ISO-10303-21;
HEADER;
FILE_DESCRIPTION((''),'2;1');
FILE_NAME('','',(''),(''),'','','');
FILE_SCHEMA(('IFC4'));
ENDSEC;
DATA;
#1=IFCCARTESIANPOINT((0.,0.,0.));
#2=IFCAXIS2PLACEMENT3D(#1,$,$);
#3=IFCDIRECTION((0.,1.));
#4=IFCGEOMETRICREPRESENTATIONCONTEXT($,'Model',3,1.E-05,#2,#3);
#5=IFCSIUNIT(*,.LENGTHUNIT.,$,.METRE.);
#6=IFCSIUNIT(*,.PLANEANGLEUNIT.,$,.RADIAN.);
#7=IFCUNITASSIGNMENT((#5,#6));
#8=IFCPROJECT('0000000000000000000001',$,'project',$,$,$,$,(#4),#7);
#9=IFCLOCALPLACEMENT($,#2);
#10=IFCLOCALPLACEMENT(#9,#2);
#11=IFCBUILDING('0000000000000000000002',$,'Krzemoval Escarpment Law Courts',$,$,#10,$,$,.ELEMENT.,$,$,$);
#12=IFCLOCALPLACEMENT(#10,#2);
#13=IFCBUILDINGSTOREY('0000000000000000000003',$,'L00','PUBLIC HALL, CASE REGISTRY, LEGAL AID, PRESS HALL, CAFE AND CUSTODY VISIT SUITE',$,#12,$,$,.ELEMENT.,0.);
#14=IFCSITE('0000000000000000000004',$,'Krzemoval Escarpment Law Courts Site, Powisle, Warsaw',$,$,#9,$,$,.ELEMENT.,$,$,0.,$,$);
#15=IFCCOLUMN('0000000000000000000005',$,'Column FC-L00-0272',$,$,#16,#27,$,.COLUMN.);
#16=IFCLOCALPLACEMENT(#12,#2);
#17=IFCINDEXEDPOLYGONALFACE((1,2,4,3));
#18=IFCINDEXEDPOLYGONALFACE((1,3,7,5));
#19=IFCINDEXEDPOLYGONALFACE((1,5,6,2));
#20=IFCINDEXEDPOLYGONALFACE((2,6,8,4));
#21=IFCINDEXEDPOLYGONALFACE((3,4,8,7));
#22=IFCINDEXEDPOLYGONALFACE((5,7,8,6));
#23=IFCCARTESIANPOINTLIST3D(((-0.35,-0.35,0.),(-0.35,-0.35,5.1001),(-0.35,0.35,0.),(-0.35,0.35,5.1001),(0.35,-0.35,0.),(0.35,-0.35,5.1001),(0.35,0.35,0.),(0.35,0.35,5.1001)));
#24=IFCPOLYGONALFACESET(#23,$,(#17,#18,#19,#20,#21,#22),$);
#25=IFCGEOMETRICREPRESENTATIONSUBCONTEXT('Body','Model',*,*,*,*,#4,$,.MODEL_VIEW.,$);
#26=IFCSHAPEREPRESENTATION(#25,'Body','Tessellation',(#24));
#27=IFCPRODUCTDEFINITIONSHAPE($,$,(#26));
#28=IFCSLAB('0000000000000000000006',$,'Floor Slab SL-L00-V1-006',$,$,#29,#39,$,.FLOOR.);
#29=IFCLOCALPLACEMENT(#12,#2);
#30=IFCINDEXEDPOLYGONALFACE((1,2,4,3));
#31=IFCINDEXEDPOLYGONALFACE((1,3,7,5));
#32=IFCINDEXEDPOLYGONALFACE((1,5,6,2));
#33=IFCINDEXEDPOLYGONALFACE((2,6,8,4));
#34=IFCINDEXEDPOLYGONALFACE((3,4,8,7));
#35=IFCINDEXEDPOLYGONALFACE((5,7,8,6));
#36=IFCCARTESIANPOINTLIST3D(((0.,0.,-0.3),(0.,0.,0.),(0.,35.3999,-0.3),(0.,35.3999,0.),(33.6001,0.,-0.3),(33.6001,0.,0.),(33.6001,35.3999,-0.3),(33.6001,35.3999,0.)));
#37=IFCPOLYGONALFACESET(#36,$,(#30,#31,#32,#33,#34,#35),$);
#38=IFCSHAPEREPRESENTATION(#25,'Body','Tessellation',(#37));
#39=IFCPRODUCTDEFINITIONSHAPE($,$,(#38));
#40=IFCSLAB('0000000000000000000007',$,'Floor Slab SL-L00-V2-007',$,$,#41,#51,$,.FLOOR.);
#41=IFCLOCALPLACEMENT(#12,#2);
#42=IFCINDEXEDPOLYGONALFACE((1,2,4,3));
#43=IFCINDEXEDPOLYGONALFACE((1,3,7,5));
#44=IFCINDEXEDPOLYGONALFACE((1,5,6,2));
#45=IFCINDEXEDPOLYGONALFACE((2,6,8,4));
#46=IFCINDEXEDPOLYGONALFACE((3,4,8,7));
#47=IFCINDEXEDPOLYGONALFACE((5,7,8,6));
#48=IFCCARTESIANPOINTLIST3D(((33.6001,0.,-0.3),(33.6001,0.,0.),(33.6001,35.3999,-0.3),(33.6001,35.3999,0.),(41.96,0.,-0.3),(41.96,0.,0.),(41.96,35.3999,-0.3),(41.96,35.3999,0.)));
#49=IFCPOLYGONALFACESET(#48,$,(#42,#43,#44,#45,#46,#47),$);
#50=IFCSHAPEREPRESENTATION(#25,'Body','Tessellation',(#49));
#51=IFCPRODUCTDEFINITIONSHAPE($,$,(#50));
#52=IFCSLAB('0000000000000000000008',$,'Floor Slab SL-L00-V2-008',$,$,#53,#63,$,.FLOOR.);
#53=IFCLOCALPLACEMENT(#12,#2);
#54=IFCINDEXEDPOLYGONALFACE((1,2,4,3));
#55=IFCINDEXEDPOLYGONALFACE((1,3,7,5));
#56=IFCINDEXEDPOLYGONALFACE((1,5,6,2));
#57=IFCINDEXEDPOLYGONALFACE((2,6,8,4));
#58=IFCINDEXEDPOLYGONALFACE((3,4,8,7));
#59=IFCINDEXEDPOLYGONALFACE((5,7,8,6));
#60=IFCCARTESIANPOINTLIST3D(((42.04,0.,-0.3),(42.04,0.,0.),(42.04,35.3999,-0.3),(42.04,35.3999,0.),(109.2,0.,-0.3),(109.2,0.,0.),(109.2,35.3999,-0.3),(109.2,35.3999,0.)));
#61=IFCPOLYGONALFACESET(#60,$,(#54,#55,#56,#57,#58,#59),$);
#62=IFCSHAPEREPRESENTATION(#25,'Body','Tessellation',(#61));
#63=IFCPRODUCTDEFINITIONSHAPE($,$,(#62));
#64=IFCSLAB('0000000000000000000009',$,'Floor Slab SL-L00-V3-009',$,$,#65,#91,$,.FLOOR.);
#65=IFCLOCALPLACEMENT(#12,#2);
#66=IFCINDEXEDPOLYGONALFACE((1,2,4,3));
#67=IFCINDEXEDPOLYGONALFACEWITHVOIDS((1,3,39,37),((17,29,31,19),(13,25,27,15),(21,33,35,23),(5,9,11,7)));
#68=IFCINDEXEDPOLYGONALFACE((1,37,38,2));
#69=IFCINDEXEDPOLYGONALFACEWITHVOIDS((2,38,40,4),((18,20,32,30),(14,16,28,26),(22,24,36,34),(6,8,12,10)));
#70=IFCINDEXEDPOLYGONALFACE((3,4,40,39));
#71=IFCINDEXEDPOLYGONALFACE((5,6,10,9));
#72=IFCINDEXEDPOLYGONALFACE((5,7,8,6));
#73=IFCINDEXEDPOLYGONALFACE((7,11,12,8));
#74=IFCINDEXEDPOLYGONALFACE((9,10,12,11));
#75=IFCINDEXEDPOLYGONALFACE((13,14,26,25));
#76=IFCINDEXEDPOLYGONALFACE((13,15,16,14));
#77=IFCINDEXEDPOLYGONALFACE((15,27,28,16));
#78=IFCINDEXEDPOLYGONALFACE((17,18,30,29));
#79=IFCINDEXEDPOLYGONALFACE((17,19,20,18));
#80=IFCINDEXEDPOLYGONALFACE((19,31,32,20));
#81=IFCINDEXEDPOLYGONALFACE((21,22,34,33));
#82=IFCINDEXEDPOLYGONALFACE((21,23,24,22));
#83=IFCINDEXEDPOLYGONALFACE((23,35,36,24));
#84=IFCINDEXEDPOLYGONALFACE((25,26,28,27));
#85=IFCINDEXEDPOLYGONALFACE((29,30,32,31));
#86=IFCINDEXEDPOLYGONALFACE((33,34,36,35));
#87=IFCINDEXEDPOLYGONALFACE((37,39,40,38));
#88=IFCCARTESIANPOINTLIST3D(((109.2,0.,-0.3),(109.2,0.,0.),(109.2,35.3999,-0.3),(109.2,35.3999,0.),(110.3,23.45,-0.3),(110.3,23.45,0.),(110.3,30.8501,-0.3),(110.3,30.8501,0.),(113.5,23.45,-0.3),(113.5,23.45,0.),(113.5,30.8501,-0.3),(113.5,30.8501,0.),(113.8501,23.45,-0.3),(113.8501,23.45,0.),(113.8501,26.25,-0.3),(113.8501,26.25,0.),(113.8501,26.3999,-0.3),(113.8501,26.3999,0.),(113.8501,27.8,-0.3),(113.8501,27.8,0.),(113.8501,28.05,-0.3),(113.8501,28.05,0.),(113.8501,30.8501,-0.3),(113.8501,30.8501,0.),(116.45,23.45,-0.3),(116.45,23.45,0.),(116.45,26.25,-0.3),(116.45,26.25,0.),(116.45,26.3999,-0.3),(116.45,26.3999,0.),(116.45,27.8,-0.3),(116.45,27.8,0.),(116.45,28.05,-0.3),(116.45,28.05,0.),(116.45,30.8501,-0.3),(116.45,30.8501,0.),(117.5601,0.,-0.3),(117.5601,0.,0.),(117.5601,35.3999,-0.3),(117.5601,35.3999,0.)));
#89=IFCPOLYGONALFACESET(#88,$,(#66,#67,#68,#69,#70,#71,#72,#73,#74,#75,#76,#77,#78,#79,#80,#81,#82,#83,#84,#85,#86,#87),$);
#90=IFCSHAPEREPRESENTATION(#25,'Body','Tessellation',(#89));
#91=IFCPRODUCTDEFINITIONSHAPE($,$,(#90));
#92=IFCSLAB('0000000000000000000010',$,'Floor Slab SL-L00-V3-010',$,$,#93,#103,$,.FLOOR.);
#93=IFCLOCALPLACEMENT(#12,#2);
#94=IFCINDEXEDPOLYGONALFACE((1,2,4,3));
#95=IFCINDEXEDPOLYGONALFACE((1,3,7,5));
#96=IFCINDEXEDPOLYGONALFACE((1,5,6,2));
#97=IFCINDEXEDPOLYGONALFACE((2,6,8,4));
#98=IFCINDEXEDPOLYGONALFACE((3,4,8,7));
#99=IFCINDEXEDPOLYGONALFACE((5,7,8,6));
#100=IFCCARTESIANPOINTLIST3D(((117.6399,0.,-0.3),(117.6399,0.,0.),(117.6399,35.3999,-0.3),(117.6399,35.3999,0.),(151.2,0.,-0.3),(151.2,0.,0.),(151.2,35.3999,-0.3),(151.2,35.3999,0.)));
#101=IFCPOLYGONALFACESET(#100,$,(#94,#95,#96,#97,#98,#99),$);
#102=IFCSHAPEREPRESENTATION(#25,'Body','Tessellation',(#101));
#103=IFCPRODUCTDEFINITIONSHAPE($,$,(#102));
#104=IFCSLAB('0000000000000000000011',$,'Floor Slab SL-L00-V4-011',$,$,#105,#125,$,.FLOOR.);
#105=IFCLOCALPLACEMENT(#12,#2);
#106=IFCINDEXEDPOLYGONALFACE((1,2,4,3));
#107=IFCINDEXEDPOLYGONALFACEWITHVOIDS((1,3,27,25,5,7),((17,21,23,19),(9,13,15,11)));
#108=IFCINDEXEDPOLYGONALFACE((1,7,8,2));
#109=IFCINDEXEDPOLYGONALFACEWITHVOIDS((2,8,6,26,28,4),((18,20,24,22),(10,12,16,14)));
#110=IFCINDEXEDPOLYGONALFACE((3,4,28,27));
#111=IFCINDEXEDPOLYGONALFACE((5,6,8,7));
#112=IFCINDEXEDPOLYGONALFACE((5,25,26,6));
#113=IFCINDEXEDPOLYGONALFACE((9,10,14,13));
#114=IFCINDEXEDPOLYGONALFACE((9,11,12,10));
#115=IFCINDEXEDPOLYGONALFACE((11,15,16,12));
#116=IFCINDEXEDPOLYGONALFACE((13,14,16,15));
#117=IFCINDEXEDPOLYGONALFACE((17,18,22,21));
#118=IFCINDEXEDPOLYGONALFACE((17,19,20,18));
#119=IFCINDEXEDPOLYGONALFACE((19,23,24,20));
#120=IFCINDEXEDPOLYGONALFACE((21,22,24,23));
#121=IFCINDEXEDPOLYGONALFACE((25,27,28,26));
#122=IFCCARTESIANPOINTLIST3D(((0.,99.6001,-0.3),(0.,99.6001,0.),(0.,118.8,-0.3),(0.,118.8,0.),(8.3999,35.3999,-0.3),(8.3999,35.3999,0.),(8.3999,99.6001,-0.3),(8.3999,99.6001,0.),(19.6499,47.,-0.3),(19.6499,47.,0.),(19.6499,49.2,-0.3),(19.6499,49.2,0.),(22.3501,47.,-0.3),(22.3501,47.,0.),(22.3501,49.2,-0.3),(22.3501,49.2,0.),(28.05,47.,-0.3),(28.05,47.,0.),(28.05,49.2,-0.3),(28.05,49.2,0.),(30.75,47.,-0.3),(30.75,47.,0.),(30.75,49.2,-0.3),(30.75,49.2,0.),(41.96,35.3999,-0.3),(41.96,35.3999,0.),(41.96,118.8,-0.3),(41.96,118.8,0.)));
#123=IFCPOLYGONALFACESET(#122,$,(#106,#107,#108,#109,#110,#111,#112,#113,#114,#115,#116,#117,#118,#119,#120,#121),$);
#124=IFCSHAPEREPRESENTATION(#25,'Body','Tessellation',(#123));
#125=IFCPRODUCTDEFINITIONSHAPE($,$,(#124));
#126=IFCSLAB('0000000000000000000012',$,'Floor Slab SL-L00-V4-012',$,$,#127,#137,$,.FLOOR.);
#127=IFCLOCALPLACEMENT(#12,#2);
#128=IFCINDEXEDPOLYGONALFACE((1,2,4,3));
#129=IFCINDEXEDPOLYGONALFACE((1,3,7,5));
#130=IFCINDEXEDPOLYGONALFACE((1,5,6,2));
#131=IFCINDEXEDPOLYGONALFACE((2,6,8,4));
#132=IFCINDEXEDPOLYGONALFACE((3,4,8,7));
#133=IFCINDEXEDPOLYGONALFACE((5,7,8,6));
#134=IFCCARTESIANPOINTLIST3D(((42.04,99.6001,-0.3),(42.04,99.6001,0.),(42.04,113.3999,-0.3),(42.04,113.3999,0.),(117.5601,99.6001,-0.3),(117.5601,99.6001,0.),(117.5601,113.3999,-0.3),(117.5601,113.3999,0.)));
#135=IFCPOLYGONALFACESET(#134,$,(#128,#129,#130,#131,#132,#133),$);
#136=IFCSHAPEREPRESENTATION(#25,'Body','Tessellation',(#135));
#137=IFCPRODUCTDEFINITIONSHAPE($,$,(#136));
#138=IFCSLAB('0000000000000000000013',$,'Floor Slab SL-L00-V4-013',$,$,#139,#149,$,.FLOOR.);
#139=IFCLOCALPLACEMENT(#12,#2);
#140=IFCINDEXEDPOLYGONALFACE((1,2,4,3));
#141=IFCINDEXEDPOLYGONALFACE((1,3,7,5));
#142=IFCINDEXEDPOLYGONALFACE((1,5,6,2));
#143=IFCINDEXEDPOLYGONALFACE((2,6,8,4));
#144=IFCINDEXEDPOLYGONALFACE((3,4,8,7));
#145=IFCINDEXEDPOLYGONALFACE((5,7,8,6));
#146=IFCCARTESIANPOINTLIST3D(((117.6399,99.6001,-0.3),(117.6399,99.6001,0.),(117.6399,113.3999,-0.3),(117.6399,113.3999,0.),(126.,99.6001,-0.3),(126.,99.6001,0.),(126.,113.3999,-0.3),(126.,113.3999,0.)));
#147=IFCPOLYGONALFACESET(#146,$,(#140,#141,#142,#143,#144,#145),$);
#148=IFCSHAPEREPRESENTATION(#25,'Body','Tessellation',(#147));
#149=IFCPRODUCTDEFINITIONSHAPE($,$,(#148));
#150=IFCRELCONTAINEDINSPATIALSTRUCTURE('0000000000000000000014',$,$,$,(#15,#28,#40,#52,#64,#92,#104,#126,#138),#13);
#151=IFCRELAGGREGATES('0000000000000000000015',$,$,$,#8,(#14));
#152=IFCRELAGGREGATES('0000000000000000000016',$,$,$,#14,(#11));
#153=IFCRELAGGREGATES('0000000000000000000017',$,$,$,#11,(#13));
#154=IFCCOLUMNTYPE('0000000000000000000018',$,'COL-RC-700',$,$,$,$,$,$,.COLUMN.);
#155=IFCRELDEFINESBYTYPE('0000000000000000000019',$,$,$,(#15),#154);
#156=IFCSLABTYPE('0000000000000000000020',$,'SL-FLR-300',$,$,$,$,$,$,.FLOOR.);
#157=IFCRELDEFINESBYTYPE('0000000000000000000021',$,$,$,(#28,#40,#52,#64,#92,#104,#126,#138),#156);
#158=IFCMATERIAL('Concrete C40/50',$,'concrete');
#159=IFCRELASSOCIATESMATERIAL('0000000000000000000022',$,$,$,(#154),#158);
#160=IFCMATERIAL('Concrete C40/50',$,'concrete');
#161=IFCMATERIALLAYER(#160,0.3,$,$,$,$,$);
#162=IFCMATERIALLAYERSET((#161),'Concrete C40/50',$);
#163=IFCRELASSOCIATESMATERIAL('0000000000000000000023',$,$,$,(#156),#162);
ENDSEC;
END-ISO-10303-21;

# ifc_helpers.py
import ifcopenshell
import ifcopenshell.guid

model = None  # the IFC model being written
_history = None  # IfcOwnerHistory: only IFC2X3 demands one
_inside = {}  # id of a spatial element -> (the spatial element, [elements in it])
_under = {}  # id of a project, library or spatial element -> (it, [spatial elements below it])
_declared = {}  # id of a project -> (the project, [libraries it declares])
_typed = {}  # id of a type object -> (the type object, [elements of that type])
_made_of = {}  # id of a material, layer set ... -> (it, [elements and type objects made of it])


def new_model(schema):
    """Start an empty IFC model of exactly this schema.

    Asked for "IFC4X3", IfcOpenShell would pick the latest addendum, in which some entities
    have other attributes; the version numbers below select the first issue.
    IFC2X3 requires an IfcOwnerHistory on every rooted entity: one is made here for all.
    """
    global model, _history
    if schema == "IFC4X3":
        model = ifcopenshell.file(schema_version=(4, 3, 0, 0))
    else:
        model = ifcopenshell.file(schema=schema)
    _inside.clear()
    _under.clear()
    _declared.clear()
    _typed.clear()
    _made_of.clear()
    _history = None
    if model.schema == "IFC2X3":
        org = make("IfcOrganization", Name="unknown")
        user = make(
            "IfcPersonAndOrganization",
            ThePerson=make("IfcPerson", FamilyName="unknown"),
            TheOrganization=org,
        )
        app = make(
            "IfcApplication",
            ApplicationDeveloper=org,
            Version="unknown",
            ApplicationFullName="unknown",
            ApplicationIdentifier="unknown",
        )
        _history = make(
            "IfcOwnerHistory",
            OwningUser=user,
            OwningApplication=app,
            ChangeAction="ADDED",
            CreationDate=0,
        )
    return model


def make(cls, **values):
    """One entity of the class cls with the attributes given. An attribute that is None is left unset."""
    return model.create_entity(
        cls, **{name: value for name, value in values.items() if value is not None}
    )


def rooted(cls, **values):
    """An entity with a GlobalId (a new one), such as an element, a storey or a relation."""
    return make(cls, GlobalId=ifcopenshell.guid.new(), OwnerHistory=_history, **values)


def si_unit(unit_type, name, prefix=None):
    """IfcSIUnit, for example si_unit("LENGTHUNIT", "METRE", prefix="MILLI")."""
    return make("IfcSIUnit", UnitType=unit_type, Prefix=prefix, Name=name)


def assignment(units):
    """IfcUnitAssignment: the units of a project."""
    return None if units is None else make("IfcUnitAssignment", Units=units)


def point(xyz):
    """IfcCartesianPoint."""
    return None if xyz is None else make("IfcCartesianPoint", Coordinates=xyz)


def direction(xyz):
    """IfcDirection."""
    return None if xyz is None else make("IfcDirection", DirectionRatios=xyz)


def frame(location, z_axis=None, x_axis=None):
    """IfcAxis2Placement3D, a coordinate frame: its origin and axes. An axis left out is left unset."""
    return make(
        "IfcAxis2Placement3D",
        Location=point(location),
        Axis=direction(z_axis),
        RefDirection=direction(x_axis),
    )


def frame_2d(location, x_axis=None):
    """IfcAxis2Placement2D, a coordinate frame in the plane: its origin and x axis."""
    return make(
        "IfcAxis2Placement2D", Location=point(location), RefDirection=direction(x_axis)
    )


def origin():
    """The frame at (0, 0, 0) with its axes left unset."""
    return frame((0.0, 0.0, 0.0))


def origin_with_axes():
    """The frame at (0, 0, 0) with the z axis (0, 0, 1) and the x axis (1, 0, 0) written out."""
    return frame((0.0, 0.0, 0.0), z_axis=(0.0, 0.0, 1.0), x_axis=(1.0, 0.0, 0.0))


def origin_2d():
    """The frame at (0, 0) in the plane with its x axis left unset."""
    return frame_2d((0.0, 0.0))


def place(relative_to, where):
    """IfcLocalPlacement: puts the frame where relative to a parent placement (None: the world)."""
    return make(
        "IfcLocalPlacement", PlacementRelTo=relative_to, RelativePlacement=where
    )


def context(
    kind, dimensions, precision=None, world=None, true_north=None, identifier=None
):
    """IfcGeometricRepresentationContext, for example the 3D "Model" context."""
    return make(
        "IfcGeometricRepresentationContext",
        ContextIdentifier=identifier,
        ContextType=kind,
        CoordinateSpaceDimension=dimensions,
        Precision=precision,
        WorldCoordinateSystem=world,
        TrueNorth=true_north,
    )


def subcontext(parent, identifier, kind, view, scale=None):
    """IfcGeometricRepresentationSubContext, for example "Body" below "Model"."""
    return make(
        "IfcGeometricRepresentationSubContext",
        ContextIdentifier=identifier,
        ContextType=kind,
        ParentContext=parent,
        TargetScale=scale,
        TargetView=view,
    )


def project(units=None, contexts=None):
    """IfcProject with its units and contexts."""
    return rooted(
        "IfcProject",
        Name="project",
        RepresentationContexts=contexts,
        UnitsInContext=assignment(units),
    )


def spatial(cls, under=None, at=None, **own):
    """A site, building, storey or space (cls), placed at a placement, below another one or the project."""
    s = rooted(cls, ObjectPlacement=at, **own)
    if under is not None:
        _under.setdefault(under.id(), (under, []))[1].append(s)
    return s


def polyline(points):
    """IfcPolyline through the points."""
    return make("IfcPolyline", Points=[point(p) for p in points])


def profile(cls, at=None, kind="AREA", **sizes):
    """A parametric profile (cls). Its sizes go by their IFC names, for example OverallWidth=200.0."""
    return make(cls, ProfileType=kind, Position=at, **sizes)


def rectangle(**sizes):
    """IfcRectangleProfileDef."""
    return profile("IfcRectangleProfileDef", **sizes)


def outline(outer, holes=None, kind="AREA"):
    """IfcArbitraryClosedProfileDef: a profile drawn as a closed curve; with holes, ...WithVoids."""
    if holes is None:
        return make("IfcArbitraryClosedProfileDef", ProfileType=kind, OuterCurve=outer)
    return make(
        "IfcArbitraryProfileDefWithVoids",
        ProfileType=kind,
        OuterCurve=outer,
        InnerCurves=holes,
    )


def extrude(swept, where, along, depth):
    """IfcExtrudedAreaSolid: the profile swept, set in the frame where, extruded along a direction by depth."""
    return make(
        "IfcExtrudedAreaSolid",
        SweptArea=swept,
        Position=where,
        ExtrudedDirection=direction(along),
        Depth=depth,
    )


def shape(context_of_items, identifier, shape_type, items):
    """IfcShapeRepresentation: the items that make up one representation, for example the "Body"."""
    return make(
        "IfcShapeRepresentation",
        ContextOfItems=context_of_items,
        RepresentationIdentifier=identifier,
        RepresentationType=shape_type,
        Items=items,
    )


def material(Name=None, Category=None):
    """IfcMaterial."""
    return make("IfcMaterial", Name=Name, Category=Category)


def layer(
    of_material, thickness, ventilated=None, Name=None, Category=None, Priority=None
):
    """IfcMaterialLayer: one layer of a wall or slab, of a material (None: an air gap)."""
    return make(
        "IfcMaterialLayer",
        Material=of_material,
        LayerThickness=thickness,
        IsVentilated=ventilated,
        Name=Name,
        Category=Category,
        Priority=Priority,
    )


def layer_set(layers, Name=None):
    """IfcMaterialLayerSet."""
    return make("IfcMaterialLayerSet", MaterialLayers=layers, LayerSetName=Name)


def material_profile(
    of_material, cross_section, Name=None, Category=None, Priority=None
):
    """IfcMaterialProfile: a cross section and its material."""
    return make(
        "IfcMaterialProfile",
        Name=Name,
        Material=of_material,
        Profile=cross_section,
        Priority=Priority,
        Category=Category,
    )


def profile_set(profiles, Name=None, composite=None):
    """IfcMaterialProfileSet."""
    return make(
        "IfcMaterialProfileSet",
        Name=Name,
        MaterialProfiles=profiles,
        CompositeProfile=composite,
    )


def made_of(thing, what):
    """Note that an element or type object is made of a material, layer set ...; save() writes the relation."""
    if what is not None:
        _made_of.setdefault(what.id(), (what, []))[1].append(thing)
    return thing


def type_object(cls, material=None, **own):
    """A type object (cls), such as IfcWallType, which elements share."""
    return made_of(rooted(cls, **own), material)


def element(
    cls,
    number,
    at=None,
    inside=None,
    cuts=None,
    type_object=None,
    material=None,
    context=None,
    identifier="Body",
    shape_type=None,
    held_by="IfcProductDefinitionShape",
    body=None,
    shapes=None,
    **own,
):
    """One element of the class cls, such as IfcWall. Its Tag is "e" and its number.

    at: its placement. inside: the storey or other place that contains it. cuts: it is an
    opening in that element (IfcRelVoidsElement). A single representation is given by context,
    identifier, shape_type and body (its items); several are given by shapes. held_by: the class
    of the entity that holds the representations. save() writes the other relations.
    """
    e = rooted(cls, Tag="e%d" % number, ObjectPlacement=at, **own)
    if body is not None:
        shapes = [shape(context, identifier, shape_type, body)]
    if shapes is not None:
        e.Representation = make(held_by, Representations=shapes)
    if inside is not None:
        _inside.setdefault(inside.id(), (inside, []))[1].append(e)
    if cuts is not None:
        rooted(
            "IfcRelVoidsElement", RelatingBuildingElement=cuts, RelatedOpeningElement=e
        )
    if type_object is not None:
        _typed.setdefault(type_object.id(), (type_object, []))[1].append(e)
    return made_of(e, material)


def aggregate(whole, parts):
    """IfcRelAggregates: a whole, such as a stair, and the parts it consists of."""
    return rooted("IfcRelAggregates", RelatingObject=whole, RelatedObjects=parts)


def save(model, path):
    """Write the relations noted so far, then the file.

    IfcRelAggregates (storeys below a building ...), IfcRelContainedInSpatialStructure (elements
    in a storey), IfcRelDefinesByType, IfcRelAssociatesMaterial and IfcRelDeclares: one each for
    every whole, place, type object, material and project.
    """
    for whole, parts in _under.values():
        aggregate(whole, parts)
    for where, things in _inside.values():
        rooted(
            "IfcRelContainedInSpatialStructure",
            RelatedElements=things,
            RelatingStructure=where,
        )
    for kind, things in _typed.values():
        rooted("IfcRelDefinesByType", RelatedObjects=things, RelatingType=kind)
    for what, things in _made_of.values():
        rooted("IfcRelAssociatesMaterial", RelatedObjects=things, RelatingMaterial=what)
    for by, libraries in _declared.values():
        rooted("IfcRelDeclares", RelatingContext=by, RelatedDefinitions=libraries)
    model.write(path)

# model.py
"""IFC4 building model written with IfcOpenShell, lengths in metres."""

from ifc_helpers import new_model, si_unit, direction, frame, origin, origin_with_axes, origin_2d, place, context, subcontext, project, spatial, polyline, rectangle, outline, extrude, material, layer, layer_set, material_profile, profile_set, type_object, element, save


model = new_model("IFC4")

# Units and contexts
model_context = context("Model", 3, precision=1e-05, world=origin(), true_north=direction((0.0, 1.0)))
body_context = subcontext(model_context, "Body", "Model", "MODEL_VIEW")
ifc_project = project(units=[si_unit("LENGTHUNIT", "METRE"), si_unit("PLANEANGLEUNIT", "RADIAN")], contexts=[model_context])

# Site, building, storey
site_placement = place(None, origin())
site = spatial("IfcSite", under=ifc_project, at=site_placement, Name="Krzemoval Escarpment Law Courts Site, Powisle, Warsaw", CompositionType="ELEMENT", RefElevation=0.0)
building_placement = place(site_placement, origin())
building = spatial("IfcBuilding", under=site, at=building_placement, Name="Krzemoval Escarpment Law Courts", CompositionType="ELEMENT")
storey_placement = place(building_placement, origin())
storey = spatial("IfcBuildingStorey", under=building, at=storey_placement, Name="L00", Description="PUBLIC HALL, CASE REGISTRY, LEGAL AID, PRESS HALL, CAFE AND CUSTODY VISIT SUITE", CompositionType="ELEMENT", Elevation=0.0)

# Column
ifc_material_1 = material(Name="Concrete C40/50", Category="concrete")
ifc_material_profile = material_profile(ifc_material_1, rectangle(XDim=0.7, YDim=0.7, at=origin_2d()), Name="RC 700x700")
ifc_profile_set = profile_set([ifc_material_profile], Name="Concrete C40/50")
column_type = type_object("IfcColumnType", Name="COL-RC-700", PredefinedType="COLUMN", material=ifc_profile_set)
column_placement = place(storey_placement, origin_with_axes())
element("IfcColumn", 1, at=column_placement, inside=storey, type_object=column_type, Name="Column FC-L00-0272", PredefinedType="COLUMN", context=body_context, shape_type="SweptSolid", body=[
    extrude(rectangle(XDim=0.7, YDim=0.7, at=origin_2d()), origin(), (0.0, 0.0, 1.0), 5.1001),
])

# Slabs
ifc_material_2 = material(Name="Concrete C40/50", Category="concrete")
ifc_layer_1 = layer(ifc_material_2, 0.3)
ifc_layer_set_1 = layer_set([ifc_layer_1], Name="Concrete C40/50")
slab_type_1 = type_object("IfcSlabType", Name="SL-FLR-300", PredefinedType="FLOOR", material=ifc_layer_set_1)
slab_1_placement = place(storey_placement, frame((0.0, 0.0, -0.3)))
element("IfcSlab", 2, at=slab_1_placement, inside=storey, type_object=slab_type_1, Name="Floor Slab SL-L00-V1-006", PredefinedType="FLOOR", context=body_context, shape_type="SweptSolid", body=[
    extrude(outline(polyline([(0.0, 0.0), (0.0, 35.3999), (33.6001, 35.3999), (33.6001, 0.0), (0.0, 0.0)])), origin(), (0.0, 0.0, 1.0), 0.3),
])
slab_2_placement = place(storey_placement, frame((0.0, 0.0, -0.3)))
element("IfcSlab", 3, at=slab_2_placement, inside=storey, type_object=slab_type_1, Name="Floor Slab SL-L00-V2-007", PredefinedType="FLOOR", context=body_context, shape_type="SweptSolid", body=[
    extrude(outline(polyline([(33.6001, 0.0), (33.6001, 35.3999), (41.96, 35.3999), (41.96, 0.0), (33.6001, 0.0)])), origin(), (0.0, 0.0, 1.0), 0.3),
])
slab_3_placement = place(storey_placement, frame((0.0, 0.0, -0.3)))
element("IfcSlab", 4, at=slab_3_placement, inside=storey, type_object=slab_type_1, Name="Floor Slab SL-L00-V2-008", PredefinedType="FLOOR", context=body_context, shape_type="SweptSolid", body=[
    extrude(outline(polyline([(109.2, 35.3999), (109.2, 0.0), (42.04, 0.0), (42.04, 35.3999), (109.2, 35.3999)])), origin(), (0.0, 0.0, 1.0), 0.3),
])
slab_4_placement = place(storey_placement, frame((0.0, 0.0, -0.3)))
element("IfcSlab", 5, at=slab_4_placement, inside=storey, type_object=slab_type_1, Name="Floor Slab SL-L00-V3-009", PredefinedType="FLOOR", context=body_context, shape_type="SweptSolid", body=[
    extrude(outline(polyline([(109.2, 0.0), (109.2, 35.3999), (117.5601, 35.3999), (117.5601, 0.0), (109.2, 0.0)]), holes=[polyline([(116.45, 23.45), (116.45, 26.25), (113.8501, 26.25), (113.8501, 23.45), (116.45, 23.45)]), polyline([(113.8501, 28.05), (116.45, 28.05), (116.45, 30.8501), (113.8501, 30.8501), (113.8501, 28.05)]), polyline([(113.8501, 27.8), (113.8501, 26.3999), (116.45, 26.3999), (116.45, 27.8), (113.8501, 27.8)]), polyline([(113.5, 30.8501), (110.3, 30.8501), (110.3, 23.45), (113.5, 23.45), (113.5, 30.8501)])]), origin(), (0.0, 0.0, 1.0), 0.3),
])
slab_5_placement = place(storey_placement, frame((0.0, 0.0, -0.3)))
element("IfcSlab", 6, at=slab_5_placement, inside=storey, type_object=slab_type_1, Name="Floor Slab SL-L00-V3-010", PredefinedType="FLOOR", context=body_context, shape_type="SweptSolid", body=[
    extrude(outline(polyline([(151.2, 35.3999), (151.2, 0.0), (117.6399, 0.0), (117.6399, 35.3999), (151.2, 35.3999)])), origin(), (0.0, 0.0, 1.0), 0.3),
])
slab_6_placement = place(storey_placement, frame((0.0, 0.0, -0.3)))
element("IfcSlab", 7, at=slab_6_placement, inside=storey, type_object=slab_type_1, Name="Floor Slab SL-L00-V4-011", PredefinedType="FLOOR", context=body_context, shape_type="SweptSolid", body=[
    extrude(outline(polyline([(0.0, 99.6001), (0.0, 118.8), (41.96, 118.8), (41.96, 35.3999), (8.3999, 35.3999), (8.3999, 99.6001), (0.0, 99.6001)]), holes=[polyline([(19.6499, 49.2), (19.6499, 47.0), (22.3501, 47.0), (22.3501, 49.2), (19.6499, 49.2)]), polyline([(30.75, 49.2), (28.05, 49.2), (28.05, 47.0), (30.75, 47.0), (30.75, 49.2)])]), origin(), (0.0, 0.0, 1.0), 0.3),
])
slab_7_placement = place(storey_placement, frame((0.0, 0.0, -0.3)))
element("IfcSlab", 8, at=slab_7_placement, inside=storey, type_object=slab_type_1, Name="Floor Slab SL-L00-V4-012", PredefinedType="FLOOR", context=body_context, shape_type="SweptSolid", body=[
    extrude(outline(polyline([(42.04, 99.6001), (42.04, 113.3999), (117.5601, 113.3999), (117.5601, 99.6001), (42.04, 99.6001)])), origin(), (0.0, 0.0, 1.0), 0.3),
])
slab_8_placement = place(storey_placement, frame((0.0, 0.0, -0.3)))
element("IfcSlab", 9, at=slab_8_placement, inside=storey, type_object=slab_type_1, Name="Floor Slab SL-L00-V4-013", PredefinedType="FLOOR", context=body_context, shape_type="SweptSolid", body=[
    extrude(outline(polyline([(117.6399, 99.6001), (117.6399, 113.3999), (126.0, 113.3999), (126.0, 99.6001), (117.6399, 99.6001)])), origin(), (0.0, 0.0, 1.0), 0.3),
])

save(model, "model.ifc")
